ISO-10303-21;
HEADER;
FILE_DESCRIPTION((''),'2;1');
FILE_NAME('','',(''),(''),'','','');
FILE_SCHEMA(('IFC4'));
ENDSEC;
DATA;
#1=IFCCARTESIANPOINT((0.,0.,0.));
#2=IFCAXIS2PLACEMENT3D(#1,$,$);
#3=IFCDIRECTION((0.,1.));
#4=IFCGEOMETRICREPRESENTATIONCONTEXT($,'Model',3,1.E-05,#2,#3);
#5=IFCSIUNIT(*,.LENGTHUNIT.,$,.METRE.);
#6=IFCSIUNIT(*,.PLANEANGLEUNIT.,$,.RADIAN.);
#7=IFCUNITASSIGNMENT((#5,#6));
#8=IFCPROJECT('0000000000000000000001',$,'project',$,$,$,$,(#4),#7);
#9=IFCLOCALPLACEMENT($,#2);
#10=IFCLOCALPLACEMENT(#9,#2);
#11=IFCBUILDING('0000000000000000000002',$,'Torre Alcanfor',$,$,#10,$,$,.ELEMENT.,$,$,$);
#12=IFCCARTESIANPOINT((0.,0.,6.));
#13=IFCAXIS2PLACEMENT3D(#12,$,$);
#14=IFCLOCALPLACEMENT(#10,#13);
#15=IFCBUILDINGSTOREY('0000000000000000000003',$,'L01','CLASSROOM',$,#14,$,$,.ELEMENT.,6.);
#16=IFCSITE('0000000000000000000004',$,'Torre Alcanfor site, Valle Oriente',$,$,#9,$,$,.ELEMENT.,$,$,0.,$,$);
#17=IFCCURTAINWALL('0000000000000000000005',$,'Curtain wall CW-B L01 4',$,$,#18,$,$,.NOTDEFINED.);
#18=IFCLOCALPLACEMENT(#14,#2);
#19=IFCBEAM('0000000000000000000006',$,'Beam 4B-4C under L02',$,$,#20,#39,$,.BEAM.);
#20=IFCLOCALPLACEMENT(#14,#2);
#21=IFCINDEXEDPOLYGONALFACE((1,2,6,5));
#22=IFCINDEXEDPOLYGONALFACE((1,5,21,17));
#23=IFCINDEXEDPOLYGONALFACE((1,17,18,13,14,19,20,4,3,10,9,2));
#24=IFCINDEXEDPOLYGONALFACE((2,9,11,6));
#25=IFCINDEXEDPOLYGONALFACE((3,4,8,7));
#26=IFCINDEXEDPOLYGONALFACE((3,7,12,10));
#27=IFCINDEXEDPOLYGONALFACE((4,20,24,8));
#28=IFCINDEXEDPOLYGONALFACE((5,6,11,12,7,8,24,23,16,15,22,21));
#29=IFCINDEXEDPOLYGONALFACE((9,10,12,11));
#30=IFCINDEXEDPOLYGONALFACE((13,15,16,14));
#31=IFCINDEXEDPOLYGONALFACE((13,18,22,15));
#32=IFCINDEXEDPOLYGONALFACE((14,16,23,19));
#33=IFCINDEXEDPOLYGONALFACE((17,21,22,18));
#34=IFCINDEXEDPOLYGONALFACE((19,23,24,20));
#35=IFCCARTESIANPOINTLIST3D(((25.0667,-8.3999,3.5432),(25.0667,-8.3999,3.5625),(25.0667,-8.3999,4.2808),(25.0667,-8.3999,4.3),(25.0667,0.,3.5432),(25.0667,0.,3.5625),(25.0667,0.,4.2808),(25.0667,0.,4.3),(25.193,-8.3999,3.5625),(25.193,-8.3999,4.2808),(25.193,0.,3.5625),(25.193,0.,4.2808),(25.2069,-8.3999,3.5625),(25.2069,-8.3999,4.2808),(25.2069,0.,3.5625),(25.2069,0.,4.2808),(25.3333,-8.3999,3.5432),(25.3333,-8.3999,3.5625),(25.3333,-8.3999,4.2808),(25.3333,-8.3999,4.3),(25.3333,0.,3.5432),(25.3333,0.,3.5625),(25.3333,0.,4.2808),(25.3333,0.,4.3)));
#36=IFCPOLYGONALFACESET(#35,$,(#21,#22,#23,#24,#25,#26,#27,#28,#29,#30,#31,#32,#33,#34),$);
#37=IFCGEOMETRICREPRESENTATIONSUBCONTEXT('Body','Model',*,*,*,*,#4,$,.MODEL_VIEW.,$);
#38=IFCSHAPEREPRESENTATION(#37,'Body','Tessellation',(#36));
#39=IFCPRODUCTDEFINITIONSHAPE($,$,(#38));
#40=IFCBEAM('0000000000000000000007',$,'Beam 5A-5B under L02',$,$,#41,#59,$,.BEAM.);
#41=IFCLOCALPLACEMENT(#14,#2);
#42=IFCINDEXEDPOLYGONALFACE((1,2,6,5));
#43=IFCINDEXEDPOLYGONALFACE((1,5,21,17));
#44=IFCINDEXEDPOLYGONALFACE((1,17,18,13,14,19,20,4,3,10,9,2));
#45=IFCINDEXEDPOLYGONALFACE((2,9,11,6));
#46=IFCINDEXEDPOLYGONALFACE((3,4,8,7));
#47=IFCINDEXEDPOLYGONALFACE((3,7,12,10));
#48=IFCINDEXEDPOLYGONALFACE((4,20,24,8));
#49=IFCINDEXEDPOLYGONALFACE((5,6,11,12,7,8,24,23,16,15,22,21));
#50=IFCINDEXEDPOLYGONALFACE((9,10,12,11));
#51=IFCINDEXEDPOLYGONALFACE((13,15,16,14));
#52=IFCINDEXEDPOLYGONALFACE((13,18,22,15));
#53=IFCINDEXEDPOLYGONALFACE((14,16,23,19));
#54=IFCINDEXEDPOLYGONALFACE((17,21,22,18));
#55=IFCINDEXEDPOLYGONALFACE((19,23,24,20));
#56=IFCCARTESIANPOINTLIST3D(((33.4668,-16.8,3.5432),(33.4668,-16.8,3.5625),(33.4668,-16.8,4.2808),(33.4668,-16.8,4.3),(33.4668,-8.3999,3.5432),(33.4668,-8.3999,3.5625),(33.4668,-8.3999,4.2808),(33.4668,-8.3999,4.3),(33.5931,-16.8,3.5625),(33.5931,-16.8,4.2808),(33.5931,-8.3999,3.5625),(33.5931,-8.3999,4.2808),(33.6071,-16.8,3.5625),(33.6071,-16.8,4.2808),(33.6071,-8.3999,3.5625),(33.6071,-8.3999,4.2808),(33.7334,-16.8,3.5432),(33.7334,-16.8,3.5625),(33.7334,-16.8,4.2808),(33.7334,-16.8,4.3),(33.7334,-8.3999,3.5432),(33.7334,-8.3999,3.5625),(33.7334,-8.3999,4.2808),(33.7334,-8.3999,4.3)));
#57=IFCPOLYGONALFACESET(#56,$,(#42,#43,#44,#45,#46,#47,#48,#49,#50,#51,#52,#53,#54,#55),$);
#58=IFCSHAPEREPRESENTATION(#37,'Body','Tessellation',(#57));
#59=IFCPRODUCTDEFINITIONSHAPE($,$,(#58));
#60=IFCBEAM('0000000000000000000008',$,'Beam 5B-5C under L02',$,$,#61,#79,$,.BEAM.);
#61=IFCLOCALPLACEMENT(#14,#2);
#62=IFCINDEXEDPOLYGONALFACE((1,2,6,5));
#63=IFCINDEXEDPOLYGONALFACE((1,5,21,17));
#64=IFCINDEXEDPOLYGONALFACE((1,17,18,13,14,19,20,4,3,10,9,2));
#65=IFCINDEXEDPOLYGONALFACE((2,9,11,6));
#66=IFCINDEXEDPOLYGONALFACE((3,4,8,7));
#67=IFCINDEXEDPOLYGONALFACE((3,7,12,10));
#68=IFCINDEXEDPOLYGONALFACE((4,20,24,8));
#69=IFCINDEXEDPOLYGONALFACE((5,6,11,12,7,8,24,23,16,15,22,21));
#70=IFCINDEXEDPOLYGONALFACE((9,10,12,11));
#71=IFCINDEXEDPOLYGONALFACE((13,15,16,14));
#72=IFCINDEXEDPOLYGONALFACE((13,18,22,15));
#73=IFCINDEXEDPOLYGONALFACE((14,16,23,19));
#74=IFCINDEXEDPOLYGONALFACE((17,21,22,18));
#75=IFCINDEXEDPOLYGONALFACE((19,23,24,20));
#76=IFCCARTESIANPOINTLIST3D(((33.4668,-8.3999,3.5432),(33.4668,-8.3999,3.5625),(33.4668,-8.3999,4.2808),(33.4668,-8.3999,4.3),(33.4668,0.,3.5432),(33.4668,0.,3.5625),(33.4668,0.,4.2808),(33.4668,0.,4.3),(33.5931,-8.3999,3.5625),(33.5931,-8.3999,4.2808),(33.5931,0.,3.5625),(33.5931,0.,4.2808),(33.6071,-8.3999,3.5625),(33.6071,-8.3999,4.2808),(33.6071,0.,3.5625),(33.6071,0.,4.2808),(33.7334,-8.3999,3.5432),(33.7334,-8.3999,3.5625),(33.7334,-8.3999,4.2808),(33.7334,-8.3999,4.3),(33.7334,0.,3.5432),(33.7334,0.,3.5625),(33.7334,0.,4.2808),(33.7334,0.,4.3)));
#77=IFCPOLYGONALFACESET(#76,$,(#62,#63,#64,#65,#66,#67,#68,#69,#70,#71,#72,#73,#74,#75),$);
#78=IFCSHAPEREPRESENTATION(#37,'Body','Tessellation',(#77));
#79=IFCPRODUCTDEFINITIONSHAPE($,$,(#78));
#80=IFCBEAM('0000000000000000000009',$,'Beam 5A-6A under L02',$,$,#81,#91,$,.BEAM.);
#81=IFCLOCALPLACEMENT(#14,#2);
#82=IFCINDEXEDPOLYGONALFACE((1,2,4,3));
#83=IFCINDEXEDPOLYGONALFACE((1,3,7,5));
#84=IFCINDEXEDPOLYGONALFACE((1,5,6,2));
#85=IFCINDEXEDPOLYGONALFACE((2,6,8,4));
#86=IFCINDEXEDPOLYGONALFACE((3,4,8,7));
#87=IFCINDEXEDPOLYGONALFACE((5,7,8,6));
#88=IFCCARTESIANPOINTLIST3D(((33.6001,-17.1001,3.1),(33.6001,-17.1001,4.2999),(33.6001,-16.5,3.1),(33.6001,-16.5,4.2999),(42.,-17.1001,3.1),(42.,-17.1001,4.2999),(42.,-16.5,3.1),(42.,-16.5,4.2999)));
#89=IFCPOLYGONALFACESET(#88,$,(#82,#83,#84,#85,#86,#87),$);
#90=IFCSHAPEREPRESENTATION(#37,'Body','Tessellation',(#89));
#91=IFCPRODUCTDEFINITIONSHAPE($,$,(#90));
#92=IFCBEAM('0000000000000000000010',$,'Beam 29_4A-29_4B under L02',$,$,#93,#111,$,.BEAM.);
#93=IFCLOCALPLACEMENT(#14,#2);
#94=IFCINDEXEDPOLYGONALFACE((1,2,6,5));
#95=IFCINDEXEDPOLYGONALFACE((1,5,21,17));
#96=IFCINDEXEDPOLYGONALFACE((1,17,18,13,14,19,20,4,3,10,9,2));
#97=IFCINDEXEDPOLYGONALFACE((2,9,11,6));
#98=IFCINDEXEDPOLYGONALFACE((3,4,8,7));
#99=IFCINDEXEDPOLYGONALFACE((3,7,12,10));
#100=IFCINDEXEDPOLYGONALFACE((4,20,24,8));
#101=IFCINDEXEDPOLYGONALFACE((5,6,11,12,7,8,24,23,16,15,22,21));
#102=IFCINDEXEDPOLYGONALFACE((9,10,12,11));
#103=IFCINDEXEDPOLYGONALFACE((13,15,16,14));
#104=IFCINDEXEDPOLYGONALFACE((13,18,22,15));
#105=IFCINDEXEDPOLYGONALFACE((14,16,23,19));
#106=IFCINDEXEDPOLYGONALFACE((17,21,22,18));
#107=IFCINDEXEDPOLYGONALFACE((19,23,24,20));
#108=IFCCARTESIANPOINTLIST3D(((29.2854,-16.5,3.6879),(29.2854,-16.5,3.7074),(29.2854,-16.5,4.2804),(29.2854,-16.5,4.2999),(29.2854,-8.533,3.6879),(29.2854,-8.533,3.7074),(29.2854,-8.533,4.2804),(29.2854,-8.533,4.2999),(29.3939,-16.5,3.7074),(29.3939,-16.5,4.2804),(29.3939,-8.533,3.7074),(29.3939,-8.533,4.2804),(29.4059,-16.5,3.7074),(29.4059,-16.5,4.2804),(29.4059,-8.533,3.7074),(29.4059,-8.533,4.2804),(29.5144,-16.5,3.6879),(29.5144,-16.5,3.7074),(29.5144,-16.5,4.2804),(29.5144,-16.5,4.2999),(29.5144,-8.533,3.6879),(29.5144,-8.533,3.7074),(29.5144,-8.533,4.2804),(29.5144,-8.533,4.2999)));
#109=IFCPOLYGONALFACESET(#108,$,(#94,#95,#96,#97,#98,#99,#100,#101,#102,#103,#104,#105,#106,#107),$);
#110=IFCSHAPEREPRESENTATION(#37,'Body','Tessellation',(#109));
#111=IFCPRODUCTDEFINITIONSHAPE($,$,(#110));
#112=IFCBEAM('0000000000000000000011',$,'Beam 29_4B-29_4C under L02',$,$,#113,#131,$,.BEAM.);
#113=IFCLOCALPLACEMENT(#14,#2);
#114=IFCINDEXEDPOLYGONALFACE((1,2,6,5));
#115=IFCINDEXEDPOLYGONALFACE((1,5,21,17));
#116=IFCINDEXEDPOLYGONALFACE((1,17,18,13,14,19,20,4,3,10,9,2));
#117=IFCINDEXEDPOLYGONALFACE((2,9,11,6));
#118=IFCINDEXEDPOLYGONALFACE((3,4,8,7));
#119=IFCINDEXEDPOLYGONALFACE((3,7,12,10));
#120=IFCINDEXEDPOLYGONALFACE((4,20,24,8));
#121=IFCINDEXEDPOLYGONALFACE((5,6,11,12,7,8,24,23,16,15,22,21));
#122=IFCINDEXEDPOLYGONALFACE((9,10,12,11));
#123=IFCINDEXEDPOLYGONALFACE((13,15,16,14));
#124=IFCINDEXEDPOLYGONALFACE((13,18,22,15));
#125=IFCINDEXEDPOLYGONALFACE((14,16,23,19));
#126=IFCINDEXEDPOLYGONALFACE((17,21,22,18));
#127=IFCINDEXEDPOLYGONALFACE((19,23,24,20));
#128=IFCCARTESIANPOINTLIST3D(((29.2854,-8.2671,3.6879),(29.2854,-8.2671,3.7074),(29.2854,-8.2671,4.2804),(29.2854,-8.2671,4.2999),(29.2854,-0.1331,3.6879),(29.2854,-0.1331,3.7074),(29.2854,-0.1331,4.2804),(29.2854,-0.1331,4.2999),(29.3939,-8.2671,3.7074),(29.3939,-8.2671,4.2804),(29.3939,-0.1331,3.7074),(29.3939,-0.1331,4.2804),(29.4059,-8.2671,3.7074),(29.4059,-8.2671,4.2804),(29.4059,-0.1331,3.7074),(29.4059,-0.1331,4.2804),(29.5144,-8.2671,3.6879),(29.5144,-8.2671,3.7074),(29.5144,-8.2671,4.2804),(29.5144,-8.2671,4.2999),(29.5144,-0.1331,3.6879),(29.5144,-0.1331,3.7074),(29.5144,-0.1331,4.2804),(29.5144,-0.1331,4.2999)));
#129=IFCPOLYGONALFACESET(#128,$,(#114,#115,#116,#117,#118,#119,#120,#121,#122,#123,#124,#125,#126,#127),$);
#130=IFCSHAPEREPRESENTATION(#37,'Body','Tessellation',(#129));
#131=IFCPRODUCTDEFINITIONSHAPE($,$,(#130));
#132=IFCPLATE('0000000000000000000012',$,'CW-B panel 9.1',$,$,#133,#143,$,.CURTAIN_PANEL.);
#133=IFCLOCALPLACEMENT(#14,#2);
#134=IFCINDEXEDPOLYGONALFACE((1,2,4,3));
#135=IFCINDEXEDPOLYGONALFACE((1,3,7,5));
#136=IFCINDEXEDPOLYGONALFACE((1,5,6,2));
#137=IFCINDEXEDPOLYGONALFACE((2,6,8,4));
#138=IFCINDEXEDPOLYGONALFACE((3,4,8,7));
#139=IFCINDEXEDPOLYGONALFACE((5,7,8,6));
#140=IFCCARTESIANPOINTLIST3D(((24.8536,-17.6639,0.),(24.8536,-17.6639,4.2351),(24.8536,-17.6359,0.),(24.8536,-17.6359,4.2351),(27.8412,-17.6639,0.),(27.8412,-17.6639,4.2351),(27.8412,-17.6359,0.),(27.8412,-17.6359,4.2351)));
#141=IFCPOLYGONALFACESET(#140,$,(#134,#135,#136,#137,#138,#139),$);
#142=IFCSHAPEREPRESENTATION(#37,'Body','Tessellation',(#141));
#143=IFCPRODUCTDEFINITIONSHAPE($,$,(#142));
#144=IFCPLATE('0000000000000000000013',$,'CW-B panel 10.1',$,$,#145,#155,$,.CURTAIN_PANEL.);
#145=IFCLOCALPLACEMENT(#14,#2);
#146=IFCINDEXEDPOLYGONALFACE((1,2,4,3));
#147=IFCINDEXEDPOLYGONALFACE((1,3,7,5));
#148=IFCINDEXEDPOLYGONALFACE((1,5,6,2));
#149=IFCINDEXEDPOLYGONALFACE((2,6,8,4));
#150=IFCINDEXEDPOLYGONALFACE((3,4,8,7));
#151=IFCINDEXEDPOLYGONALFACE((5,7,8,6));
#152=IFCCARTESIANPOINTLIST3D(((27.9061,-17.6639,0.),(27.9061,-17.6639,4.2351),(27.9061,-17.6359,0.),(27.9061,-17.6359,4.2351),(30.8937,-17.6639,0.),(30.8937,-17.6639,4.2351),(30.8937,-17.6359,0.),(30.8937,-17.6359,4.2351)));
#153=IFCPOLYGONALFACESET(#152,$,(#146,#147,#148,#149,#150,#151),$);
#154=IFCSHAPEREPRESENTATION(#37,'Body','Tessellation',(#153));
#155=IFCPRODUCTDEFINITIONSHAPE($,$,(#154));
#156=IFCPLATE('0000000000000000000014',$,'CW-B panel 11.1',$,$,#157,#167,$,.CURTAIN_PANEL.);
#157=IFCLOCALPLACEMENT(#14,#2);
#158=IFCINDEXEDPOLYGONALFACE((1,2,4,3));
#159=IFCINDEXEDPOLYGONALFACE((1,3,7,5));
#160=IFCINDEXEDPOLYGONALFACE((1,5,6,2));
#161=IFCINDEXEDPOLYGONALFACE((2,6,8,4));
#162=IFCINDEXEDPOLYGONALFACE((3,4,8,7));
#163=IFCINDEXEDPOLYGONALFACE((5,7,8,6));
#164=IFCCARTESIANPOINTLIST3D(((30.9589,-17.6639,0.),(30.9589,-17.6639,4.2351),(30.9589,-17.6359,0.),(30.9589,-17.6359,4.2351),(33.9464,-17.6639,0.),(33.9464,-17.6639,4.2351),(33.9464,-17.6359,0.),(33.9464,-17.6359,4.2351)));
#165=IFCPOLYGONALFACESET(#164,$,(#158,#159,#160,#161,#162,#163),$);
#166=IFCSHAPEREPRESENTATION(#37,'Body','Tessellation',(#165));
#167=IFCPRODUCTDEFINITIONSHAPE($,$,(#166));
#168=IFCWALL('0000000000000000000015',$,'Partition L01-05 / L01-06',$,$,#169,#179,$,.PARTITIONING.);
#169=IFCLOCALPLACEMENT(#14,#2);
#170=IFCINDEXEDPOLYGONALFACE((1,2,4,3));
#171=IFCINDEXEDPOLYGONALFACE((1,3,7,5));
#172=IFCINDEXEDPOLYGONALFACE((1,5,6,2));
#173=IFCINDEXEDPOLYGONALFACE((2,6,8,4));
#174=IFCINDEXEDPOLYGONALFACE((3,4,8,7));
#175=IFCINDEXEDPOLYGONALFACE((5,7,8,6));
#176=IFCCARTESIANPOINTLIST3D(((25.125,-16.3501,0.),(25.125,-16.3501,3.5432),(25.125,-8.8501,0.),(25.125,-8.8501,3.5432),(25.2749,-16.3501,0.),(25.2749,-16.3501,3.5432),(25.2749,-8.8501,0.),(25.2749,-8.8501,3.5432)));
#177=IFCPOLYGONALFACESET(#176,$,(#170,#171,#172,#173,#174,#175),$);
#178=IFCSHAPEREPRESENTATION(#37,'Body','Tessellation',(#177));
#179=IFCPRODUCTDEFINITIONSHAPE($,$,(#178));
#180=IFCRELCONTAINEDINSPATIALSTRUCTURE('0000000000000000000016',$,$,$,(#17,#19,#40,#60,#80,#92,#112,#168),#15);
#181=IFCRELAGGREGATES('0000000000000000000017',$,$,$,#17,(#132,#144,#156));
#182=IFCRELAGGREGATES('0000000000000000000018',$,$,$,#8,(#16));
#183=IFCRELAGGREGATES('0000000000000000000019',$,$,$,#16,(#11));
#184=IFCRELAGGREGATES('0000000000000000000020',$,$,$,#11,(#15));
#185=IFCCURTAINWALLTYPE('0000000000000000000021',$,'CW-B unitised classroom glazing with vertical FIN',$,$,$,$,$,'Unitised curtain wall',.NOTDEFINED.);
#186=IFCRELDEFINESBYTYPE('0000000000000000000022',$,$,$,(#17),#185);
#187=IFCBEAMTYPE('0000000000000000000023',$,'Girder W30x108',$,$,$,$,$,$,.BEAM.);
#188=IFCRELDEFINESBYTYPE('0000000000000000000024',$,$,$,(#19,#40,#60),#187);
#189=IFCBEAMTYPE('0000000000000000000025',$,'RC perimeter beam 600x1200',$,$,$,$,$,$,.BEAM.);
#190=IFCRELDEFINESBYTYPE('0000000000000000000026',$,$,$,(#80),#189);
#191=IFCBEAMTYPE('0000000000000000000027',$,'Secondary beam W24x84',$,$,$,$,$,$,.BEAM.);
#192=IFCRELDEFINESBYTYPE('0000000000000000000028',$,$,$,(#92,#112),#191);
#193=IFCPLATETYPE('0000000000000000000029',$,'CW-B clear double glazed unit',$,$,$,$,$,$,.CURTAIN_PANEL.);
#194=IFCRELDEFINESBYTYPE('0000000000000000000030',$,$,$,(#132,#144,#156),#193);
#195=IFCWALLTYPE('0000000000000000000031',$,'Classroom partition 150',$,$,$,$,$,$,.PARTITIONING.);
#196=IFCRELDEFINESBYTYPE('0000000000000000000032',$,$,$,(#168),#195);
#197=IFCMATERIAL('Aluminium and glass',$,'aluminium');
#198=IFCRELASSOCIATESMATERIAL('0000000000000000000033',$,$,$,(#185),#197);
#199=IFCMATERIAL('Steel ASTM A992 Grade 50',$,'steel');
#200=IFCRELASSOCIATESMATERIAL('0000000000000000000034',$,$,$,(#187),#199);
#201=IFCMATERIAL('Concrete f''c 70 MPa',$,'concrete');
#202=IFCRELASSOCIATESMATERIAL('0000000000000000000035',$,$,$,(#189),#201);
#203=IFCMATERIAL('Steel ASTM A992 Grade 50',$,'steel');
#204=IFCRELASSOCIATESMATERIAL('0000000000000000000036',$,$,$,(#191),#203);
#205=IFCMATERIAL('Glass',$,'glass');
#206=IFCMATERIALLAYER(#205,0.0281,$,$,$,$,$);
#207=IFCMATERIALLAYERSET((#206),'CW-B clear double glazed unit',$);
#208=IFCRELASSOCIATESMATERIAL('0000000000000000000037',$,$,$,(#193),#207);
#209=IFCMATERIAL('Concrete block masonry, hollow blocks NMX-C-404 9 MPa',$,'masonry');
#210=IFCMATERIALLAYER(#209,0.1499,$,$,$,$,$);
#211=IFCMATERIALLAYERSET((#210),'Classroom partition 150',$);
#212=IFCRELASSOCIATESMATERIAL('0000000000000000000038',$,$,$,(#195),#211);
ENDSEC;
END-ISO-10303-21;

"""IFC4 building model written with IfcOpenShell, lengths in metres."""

from ifc_helpers import new_model, si_unit, direction, frame, frame_2d, origin, origin_2d, place, context, subcontext, project, spatial, rectangle, i_section, extrude, material, layer, layer_set, material_profile, profile_set, type_object, element, aggregate, save


model = new_model("IFC4")

# Units and contexts
model_context = context("Model", 3, precision=1e-05, world=origin(), true_north=direction((0.0, 1.0)))
body_context = subcontext(model_context, "Body", "Model", "MODEL_VIEW")
ifc_project = project(units=[si_unit("LENGTHUNIT", "METRE"), si_unit("PLANEANGLEUNIT", "RADIAN")], contexts=[model_context])

# Site, building, storey
site_placement = place(None, origin())
site = spatial("IfcSite", under=ifc_project, at=site_placement, Name="Torre Alcanfor site, Valle Oriente", CompositionType="ELEMENT", RefElevation=0.0)
building_placement = place(site_placement, origin())
building = spatial("IfcBuilding", under=site, at=building_placement, Name="Torre Alcanfor", CompositionType="ELEMENT")
storey_placement = place(building_placement, frame((0.0, 0.0, 6.0)))
storey = spatial("IfcBuildingStorey", under=building, at=storey_placement, Name="L01", Description="CLASSROOM", CompositionType="ELEMENT", Elevation=6.0)

# Curtain wall
ifc_material_1 = material(Name="Aluminium and glass", Category="aluminium")
curtain_wall_type = type_object("IfcCurtainWallType", Name="CW-B unitised classroom glazing with vertical FIN", ElementType="Unitised curtain wall", PredefinedType="NOTDEFINED", material=ifc_material_1)
curtain_wall_placement = place(storey_placement, origin())
curtain_wall = element("IfcCurtainWall", 1, at=curtain_wall_placement, inside=storey, type_object=curtain_wall_type, Name="Curtain wall CW-B L01 4", PredefinedType="NOTDEFINED")

# Beams
ifc_material_2 = material(Name="Steel ASTM A992 Grade 50", Category="steel")
ifc_material_profile_1 = material_profile(ifc_material_2, i_section(OverallWidth=0.2666, OverallDepth=0.7568, WebThickness=0.0139, FlangeThickness=0.0193, at=origin_2d()), Name="W30x108")
ifc_profile_set_1 = profile_set([ifc_material_profile_1], Name="Steel ASTM A992 Grade 50")
beam_type_1 = type_object("IfcBeamType", Name="Girder W30x108", PredefinedType="BEAM", material=ifc_profile_set_1)
beam_1_placement = place(storey_placement, frame((25.2, -8.3999, 3.9216), z_axis=(0.0, 1.0, 0.0), x_axis=(-1.0, 0.0, 0.0)))
element("IfcBeam", 2, at=beam_1_placement, inside=storey, type_object=beam_type_1, Name="Beam 4B-4C under L02", PredefinedType="BEAM", context=body_context, shape_type="SweptSolid", body=[
    extrude(i_section(OverallWidth=0.2666, OverallDepth=0.7568, WebThickness=0.0139, FlangeThickness=0.0193, at=origin_2d()), origin(), (0.0, 0.0, 1.0), 8.3999),
])
beam_2_placement = place(storey_placement, frame((33.6001, -16.8, 3.9216), z_axis=(0.0, 1.0, 0.0), x_axis=(-1.0, 0.0, 0.0)))
element("IfcBeam", 3, at=beam_2_placement, inside=storey, type_object=beam_type_1, Name="Beam 5A-5B under L02", PredefinedType="BEAM", context=body_context, shape_type="SweptSolid", body=[
    extrude(i_section(OverallWidth=0.2666, OverallDepth=0.7568, WebThickness=0.0139, FlangeThickness=0.0193, at=origin_2d()), origin(), (0.0, 0.0, 1.0), 8.4001),
])
beam_3_placement = place(storey_placement, frame((33.6001, -8.3999, 3.9216), z_axis=(0.0, 1.0, 0.0), x_axis=(-1.0, 0.0, 0.0)))
element("IfcBeam", 4, at=beam_3_placement, inside=storey, type_object=beam_type_1, Name="Beam 5B-5C under L02", PredefinedType="BEAM", context=body_context, shape_type="SweptSolid", body=[
    extrude(i_section(OverallWidth=0.2666, OverallDepth=0.7568, WebThickness=0.0139, FlangeThickness=0.0193, at=origin_2d()), origin(), (0.0, 0.0, 1.0), 8.3999),
])
ifc_material_3 = material(Name="Concrete f'c 70 MPa", Category="concrete")
ifc_material_profile_2 = material_profile(ifc_material_3, rectangle(XDim=0.6001, YDim=1.2, at=origin_2d()), Name="600x1200")
ifc_profile_set_2 = profile_set([ifc_material_profile_2], Name="Concrete f'c 70 MPa")
beam_type_2 = type_object("IfcBeamType", Name="RC perimeter beam 600x1200", PredefinedType="BEAM", material=ifc_profile_set_2)
beam_4_placement = place(storey_placement, frame((33.6001, -16.8, 3.7), z_axis=(1.0, 0.0, 0.0), x_axis=(0.0, 1.0, 0.0)))
element("IfcBeam", 5, at=beam_4_placement, inside=storey, type_object=beam_type_2, Name="Beam 5A-6A under L02", PredefinedType="BEAM", context=body_context, shape_type="SweptSolid", body=[
    extrude(rectangle(XDim=0.6001, YDim=1.2, at=origin_2d()), origin(), (0.0, 0.0, 1.0), 8.3999),
])
ifc_material_4 = material(Name="Steel ASTM A992 Grade 50", Category="steel")
ifc_material_profile_3 = material_profile(ifc_material_4, i_section(OverallWidth=0.229, OverallDepth=0.6121, WebThickness=0.012, FlangeThickness=0.0195, at=origin_2d()), Name="W24x84")
ifc_profile_set_3 = profile_set([ifc_material_profile_3], Name="Steel ASTM A992 Grade 50")
beam_type_3 = type_object("IfcBeamType", Name="Secondary beam W24x84", PredefinedType="BEAM", material=ifc_profile_set_3)
beam_5_placement = place(storey_placement, frame((29.3999, -16.5, 3.9939), z_axis=(0.0, 1.0, 0.0), x_axis=(-1.0, 0.0, 0.0)))
element("IfcBeam", 6, at=beam_5_placement, inside=storey, type_object=beam_type_3, Name="Beam 29_4A-29_4B under L02", PredefinedType="BEAM", context=body_context, shape_type="SweptSolid", body=[
    extrude(i_section(OverallWidth=0.229, OverallDepth=0.6121, WebThickness=0.012, FlangeThickness=0.0195, at=origin_2d()), origin(), (0.0, 0.0, 1.0), 7.967),
])
beam_6_placement = place(storey_placement, frame((29.3999, -8.2671, 3.9939), z_axis=(0.0, 1.0, 0.0), x_axis=(-1.0, 0.0, 0.0)))
element("IfcBeam", 7, at=beam_6_placement, inside=storey, type_object=beam_type_3, Name="Beam 29_4B-29_4C under L02", PredefinedType="BEAM", context=body_context, shape_type="SweptSolid", body=[
    extrude(i_section(OverallWidth=0.229, OverallDepth=0.6121, WebThickness=0.012, FlangeThickness=0.0195, at=origin_2d()), origin(), (0.0, 0.0, 1.0), 8.134),
])

# Plates
ifc_material_5 = material(Name="Glass", Category="glass")
ifc_layer_1 = layer(ifc_material_5, 0.0281)
ifc_layer_set_1 = layer_set([ifc_layer_1], Name="CW-B clear double glazed unit")
plate_type = type_object("IfcPlateType", Name="CW-B clear double glazed unit", PredefinedType="CURTAIN_PANEL", material=ifc_layer_set_1)
plate_1_placement = place(storey_placement, frame((26.3474, -17.6499, 0.0), z_axis=(0.0, 0.0, 1.0), x_axis=(1.0, 0.0, 0.0)))
plate_1 = element("IfcPlate", 8, at=plate_1_placement, type_object=plate_type, Name="CW-B panel 9.1", PredefinedType="CURTAIN_PANEL", context=body_context, shape_type="SweptSolid", body=[
    extrude(rectangle(XDim=2.9875, YDim=0.0281, at=origin_2d()), origin(), (0.0, 0.0, 1.0), 4.2351),
])
plate_2_placement = place(storey_placement, frame((29.3999, -17.6499, 0.0), z_axis=(0.0, 0.0, 1.0), x_axis=(1.0, 0.0, 0.0)))
plate_2 = element("IfcPlate", 9, at=plate_2_placement, type_object=plate_type, Name="CW-B panel 10.1", PredefinedType="CURTAIN_PANEL", context=body_context, shape_type="SweptSolid", body=[
    extrude(rectangle(XDim=2.9875, YDim=0.0281, at=origin_2d()), origin(), (0.0, 0.0, 1.0), 4.2351),
])
plate_3_placement = place(storey_placement, frame((32.4526, -17.6499, 0.0), z_axis=(0.0, 0.0, 1.0), x_axis=(1.0, 0.0, 0.0)))
plate_3 = element("IfcPlate", 10, at=plate_3_placement, type_object=plate_type, Name="CW-B panel 11.1", PredefinedType="CURTAIN_PANEL", context=body_context, shape_type="SweptSolid", body=[
    extrude(rectangle(XDim=2.9875, YDim=0.0281, at=origin_2d()), origin(), (0.0, 0.0, 1.0), 4.2351),
])
aggregate(curtain_wall, [plate_1, plate_2, plate_3])

# Wall
ifc_material_6 = material(Name="Concrete block masonry, hollow blocks NMX-C-404 9 MPa", Category="masonry")
ifc_layer_2 = layer(ifc_material_6, 0.1499)
ifc_layer_set_2 = layer_set([ifc_layer_2], Name="Classroom partition 150")
wall_type_1 = type_object("IfcWallType", Name="Classroom partition 150", PredefinedType="PARTITIONING", material=ifc_layer_set_2)
wall_1_placement = place(storey_placement, frame((25.2, -8.8501, 0.0), z_axis=(0.0, 0.0, 1.0), x_axis=(0.0, -1.0, 0.0)))
element("IfcWall", 11, at=wall_1_placement, inside=storey, type_object=wall_type_1, Name="Partition L01-05 / L01-06", PredefinedType="PARTITIONING", context=body_context, shape_type="SweptSolid", body=[
    extrude(rectangle(XDim=7.5, YDim=0.1499, at=frame_2d((3.75, 0.0))), origin(), (0.0, 0.0, 1.0), 3.5432),
])

save(model, "model.ifc")
